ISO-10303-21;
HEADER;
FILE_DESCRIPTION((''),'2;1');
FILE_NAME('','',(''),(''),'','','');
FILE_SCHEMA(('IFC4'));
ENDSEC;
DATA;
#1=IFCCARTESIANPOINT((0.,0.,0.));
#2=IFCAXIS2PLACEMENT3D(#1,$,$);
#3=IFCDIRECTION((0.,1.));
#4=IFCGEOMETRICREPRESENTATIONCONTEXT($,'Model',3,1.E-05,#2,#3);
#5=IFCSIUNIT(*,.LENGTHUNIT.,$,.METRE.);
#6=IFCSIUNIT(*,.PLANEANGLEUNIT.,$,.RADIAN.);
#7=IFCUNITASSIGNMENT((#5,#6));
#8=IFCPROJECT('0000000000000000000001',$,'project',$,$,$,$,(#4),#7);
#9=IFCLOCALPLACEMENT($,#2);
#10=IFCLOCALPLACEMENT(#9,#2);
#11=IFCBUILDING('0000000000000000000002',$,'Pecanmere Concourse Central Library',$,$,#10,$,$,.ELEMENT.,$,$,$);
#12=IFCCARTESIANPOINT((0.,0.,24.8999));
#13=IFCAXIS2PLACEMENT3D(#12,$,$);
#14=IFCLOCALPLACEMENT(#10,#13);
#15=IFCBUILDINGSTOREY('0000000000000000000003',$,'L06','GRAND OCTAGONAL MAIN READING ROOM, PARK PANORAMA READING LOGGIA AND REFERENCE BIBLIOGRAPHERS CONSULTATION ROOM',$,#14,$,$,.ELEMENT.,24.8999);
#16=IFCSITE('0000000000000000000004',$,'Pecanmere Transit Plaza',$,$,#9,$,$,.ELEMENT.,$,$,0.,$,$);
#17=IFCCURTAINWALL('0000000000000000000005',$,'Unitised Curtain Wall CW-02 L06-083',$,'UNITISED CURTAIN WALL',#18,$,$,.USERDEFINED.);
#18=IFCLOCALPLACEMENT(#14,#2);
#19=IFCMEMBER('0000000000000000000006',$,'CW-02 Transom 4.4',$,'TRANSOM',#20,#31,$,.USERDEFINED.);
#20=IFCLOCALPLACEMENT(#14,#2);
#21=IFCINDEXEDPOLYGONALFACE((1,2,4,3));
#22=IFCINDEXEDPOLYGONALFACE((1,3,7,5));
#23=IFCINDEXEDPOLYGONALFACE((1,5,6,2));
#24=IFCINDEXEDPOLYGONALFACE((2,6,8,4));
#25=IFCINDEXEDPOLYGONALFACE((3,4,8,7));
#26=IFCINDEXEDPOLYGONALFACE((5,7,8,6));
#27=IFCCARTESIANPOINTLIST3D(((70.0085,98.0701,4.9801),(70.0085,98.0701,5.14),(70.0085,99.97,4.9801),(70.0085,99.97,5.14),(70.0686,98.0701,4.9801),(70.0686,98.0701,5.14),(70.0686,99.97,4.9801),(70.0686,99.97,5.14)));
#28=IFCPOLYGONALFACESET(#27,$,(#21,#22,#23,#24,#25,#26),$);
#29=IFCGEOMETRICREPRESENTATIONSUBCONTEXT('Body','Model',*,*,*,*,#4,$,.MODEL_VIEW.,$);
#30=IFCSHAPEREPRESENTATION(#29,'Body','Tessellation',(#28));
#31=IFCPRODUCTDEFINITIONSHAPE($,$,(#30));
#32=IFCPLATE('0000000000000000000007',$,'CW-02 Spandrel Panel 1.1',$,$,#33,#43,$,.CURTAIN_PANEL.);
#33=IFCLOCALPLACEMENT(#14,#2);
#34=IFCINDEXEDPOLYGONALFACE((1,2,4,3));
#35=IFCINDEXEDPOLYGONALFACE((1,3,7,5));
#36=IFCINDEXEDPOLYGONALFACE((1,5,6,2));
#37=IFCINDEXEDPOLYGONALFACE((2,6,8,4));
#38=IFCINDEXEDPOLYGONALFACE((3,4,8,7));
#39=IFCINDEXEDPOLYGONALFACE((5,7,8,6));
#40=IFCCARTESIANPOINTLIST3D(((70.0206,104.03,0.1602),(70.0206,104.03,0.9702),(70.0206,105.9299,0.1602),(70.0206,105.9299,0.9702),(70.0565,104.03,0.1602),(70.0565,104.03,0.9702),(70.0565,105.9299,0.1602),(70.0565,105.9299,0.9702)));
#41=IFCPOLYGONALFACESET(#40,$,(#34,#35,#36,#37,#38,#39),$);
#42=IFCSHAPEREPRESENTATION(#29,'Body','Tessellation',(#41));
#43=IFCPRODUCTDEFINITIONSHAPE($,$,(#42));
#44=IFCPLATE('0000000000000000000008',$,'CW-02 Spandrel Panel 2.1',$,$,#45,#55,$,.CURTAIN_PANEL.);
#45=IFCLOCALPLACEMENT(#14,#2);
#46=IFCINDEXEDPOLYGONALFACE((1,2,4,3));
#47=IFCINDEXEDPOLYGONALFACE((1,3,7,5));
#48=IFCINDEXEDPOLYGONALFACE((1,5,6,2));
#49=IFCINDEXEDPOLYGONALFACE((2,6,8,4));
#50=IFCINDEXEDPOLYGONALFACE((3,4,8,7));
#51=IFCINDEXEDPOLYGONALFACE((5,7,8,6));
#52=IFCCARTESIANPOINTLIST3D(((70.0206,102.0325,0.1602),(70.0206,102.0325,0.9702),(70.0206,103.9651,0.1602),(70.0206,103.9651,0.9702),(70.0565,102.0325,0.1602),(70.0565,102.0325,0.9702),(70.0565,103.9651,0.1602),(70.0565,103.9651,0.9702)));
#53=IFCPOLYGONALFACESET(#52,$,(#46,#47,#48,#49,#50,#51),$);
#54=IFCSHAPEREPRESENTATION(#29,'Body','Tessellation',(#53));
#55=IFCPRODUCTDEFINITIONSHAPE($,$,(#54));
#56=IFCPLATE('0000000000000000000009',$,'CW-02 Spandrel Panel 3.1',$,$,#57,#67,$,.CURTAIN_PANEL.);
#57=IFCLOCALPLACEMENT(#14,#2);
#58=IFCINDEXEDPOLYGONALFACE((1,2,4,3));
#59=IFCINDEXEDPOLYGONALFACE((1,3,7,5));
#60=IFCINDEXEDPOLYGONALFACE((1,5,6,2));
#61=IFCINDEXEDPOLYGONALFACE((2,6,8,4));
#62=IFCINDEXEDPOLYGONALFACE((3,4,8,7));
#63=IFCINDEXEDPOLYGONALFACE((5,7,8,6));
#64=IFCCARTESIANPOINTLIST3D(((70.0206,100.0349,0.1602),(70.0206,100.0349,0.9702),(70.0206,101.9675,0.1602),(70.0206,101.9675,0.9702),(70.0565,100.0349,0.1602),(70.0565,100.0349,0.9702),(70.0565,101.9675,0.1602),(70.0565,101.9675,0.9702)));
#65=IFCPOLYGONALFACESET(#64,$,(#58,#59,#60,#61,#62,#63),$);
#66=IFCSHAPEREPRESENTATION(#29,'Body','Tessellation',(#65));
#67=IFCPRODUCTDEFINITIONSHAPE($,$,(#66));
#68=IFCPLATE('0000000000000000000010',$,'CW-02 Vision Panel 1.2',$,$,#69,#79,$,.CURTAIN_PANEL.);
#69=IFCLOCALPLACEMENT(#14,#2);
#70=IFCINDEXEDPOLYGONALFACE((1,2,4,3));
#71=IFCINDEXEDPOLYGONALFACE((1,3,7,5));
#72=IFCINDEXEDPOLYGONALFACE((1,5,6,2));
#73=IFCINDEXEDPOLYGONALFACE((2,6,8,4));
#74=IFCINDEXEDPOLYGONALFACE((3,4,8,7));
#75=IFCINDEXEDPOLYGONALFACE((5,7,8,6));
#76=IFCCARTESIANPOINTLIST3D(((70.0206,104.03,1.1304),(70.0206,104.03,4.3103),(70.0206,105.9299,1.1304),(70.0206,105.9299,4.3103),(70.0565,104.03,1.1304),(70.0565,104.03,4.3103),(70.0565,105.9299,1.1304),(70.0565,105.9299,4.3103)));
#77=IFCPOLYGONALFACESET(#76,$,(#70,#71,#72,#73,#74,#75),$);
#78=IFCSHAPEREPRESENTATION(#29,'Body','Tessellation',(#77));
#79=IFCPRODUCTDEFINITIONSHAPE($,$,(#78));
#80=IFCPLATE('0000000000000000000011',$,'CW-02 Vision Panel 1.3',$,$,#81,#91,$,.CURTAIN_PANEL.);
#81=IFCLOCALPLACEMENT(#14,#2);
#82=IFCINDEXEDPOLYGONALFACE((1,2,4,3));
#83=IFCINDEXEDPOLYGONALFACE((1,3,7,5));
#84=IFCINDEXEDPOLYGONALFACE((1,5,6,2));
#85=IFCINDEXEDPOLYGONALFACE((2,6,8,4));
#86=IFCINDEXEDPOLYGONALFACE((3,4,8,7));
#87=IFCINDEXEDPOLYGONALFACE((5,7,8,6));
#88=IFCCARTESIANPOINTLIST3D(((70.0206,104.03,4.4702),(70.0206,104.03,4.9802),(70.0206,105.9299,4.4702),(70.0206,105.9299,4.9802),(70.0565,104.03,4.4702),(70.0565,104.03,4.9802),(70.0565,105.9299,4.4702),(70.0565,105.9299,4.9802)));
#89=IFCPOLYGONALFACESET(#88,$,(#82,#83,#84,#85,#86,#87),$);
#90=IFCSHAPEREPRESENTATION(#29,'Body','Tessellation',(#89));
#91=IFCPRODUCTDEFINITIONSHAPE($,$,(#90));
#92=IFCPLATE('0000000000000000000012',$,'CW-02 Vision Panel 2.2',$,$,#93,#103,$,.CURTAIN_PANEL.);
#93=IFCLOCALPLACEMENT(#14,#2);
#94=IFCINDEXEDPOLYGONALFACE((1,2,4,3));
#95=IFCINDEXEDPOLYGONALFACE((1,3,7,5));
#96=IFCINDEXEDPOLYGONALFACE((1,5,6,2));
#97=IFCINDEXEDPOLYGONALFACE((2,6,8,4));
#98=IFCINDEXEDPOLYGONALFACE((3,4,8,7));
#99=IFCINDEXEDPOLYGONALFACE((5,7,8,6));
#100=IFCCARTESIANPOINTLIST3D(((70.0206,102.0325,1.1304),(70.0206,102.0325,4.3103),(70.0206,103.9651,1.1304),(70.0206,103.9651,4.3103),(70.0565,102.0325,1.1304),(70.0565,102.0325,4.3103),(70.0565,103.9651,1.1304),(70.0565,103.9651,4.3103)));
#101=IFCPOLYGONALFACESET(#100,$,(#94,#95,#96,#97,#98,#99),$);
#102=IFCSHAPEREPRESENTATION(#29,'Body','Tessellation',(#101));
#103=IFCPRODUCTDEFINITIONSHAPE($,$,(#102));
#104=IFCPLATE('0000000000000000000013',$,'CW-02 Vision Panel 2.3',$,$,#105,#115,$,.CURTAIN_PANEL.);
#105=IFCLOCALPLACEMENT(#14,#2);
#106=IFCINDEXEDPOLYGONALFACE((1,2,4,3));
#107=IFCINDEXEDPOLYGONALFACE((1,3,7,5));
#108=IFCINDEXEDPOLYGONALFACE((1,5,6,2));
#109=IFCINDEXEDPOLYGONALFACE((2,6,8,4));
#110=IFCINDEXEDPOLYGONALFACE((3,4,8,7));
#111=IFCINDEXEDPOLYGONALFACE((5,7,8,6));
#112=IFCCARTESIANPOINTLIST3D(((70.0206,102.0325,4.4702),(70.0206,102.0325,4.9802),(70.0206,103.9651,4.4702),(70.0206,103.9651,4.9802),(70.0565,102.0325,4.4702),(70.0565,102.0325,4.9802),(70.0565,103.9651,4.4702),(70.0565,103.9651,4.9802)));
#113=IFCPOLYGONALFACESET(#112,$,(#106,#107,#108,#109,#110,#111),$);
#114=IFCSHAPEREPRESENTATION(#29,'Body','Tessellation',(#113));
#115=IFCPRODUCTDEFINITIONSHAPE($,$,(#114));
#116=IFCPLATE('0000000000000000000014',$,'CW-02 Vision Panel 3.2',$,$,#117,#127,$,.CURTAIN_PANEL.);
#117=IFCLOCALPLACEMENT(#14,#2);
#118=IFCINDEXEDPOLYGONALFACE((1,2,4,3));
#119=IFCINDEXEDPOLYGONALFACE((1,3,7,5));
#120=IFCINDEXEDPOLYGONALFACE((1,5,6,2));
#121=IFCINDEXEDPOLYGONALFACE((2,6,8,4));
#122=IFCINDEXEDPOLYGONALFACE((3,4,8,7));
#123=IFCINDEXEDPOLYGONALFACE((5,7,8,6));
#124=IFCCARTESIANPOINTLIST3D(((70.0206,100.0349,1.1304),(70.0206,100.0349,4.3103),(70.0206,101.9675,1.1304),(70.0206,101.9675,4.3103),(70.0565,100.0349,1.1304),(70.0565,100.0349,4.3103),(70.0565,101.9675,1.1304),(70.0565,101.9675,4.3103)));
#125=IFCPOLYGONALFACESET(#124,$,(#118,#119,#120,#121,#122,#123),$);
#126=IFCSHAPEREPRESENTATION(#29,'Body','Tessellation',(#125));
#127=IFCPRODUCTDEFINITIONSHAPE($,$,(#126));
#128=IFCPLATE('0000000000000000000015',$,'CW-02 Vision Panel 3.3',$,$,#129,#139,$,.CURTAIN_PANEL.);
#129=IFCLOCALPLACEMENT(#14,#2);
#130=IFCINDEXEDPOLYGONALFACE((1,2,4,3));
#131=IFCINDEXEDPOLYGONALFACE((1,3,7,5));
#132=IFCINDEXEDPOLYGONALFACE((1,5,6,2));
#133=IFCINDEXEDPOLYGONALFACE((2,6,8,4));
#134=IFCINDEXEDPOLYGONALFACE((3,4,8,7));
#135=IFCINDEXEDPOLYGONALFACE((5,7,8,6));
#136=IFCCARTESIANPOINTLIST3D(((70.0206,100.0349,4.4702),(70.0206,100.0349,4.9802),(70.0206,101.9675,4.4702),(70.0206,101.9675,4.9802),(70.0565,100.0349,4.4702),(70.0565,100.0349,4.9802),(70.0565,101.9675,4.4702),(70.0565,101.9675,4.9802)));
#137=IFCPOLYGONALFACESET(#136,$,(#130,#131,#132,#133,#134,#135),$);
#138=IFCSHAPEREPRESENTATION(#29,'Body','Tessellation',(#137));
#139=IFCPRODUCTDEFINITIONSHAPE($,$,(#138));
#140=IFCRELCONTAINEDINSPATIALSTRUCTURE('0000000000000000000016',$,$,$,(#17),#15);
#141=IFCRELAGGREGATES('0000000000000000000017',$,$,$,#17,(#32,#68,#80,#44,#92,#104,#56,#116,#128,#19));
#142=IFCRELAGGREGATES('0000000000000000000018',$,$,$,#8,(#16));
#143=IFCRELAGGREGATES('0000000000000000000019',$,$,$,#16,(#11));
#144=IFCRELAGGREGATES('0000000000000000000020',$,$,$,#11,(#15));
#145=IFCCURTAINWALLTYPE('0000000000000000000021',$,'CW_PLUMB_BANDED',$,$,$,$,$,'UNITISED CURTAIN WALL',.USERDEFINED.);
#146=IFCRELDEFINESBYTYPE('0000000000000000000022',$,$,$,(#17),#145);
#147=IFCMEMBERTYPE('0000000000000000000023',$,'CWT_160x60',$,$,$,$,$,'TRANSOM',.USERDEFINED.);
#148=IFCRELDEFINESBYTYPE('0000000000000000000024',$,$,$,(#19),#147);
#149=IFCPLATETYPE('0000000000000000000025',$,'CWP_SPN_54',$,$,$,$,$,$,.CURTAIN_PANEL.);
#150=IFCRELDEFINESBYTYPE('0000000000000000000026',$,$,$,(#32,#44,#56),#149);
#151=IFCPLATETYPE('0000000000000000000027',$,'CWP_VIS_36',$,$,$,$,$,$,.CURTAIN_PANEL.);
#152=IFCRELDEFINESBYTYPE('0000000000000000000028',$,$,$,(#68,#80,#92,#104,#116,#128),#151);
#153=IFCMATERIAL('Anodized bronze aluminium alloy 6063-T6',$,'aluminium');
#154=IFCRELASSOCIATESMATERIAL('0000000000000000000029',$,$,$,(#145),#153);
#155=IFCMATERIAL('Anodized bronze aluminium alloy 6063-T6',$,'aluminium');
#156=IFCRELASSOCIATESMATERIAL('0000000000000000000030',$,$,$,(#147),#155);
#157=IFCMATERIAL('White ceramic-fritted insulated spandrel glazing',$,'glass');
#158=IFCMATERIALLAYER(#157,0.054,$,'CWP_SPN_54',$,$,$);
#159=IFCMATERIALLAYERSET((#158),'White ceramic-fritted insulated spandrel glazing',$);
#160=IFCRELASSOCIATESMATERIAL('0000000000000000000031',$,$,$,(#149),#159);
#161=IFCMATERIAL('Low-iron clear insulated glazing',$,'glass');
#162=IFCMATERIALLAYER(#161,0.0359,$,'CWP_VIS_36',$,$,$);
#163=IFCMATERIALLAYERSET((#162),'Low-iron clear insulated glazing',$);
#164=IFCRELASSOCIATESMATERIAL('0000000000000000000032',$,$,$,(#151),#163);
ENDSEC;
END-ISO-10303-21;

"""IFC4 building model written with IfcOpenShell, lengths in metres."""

from ifc_helpers import new_model, si_unit, direction, frame, origin, origin_2d, place, context, subcontext, project, spatial, rectangle, extrude, material, layer, layer_set, material_profile, profile_set, type_object, element, aggregate, save


model = new_model("IFC4")

# Units and contexts
model_context = context("Model", 3, precision=1e-05, world=origin(), true_north=direction((0.0, 1.0)))
body_context = subcontext(model_context, "Body", "Model", "MODEL_VIEW")
ifc_project = project(units=[si_unit("LENGTHUNIT", "METRE"), si_unit("PLANEANGLEUNIT", "RADIAN")], contexts=[model_context])

# Site, building, storey
site_placement = place(None, origin())
site = spatial("IfcSite", under=ifc_project, at=site_placement, Name="Pecanmere Transit Plaza", CompositionType="ELEMENT", RefElevation=0.0)
building_placement = place(site_placement, origin())
building = spatial("IfcBuilding", under=site, at=building_placement, Name="Pecanmere Concourse Central Library", CompositionType="ELEMENT")
storey_placement = place(building_placement, frame((0.0, 0.0, 24.8999)))
storey = spatial("IfcBuildingStorey", under=building, at=storey_placement, Name="L06", Description="GRAND OCTAGONAL MAIN READING ROOM, PARK PANORAMA READING LOGGIA AND REFERENCE BIBLIOGRAPHERS CONSULTATION ROOM", CompositionType="ELEMENT", Elevation=24.8999)

# Curtain wall, member, plates
ifc_material_1 = material(Name="Anodized bronze aluminium alloy 6063-T6", Category="aluminium")
curtain_wall_type = type_object("IfcCurtainWallType", Name="CW_PLUMB_BANDED", ElementType="UNITISED CURTAIN WALL", PredefinedType="USERDEFINED", material=ifc_material_1)
curtain_wall_placement = place(storey_placement, origin())
curtain_wall = element("IfcCurtainWall", 1, at=curtain_wall_placement, inside=storey, type_object=curtain_wall_type, Name="Unitised Curtain Wall CW-02 L06-083", ObjectType="UNITISED CURTAIN WALL", PredefinedType="USERDEFINED")
ifc_material_2 = material(Name="Anodized bronze aluminium alloy 6063-T6", Category="aluminium")
ifc_material_profile_1 = material_profile(ifc_material_2, rectangle(XDim=0.0601, YDim=0.1599, at=origin_2d()), Name="AL 60x160")
ifc_profile_set_1 = profile_set([ifc_material_profile_1], Name="Anodized bronze aluminium alloy 6063-T6")
member_type_1 = type_object("IfcMemberType", Name="CWT_160x60", ElementType="TRANSOM", PredefinedType="USERDEFINED", material=ifc_profile_set_1)
member_1_placement = place(storey_placement, frame((70.0386, 99.97, 5.0601), z_axis=(0.0, -1.0, 0.0), x_axis=(1.0, 0.0, 0.0)))
member_1 = element("IfcMember", 2, at=member_1_placement, type_object=member_type_1, Name="CW-02 Transom 4.4", ObjectType="TRANSOM", PredefinedType="USERDEFINED", context=body_context, shape_type="SweptSolid", body=[
    extrude(rectangle(XDim=0.0601, YDim=0.1599, at=origin_2d()), origin(), (0.0, 0.0, 1.0), 1.8999),
])
ifc_material_3 = material(Name="White ceramic-fritted insulated spandrel glazing", Category="glass")
ifc_layer_1 = layer(ifc_material_3, 0.054, Name="CWP_SPN_54")
ifc_layer_set_1 = layer_set([ifc_layer_1], Name="White ceramic-fritted insulated spandrel glazing")
plate_type_1 = type_object("IfcPlateType", Name="CWP_SPN_54", PredefinedType="CURTAIN_PANEL", material=ifc_layer_set_1)
plate_1_placement = place(storey_placement, frame((70.0386, 104.98, 0.1602), z_axis=(0.0, 0.0, 1.0), x_axis=(0.0, -1.0, 0.0)))
plate_1 = element("IfcPlate", 3, at=plate_1_placement, type_object=plate_type_1, Name="CW-02 Spandrel Panel 1.1", PredefinedType="CURTAIN_PANEL", context=body_context, shape_type="SweptSolid", body=[
    extrude(rectangle(XDim=1.8999, YDim=0.0359, at=origin_2d()), origin(), (0.0, 0.0, 1.0), 0.8101),
])
plate_2_placement = place(storey_placement, frame((70.0386, 102.9988, 0.1602), z_axis=(0.0, 0.0, 1.0), x_axis=(0.0, -1.0, 0.0)))
plate_2 = element("IfcPlate", 4, at=plate_2_placement, type_object=plate_type_1, Name="CW-02 Spandrel Panel 2.1", PredefinedType="CURTAIN_PANEL", context=body_context, shape_type="SweptSolid", body=[
    extrude(rectangle(XDim=1.9326, YDim=0.0359, at=origin_2d()), origin(), (0.0, 0.0, 1.0), 0.8101),
])
plate_3_placement = place(storey_placement, frame((70.0386, 101.0012, 0.1602), z_axis=(0.0, 0.0, 1.0), x_axis=(0.0, -1.0, 0.0)))
plate_3 = element("IfcPlate", 5, at=plate_3_placement, type_object=plate_type_1, Name="CW-02 Spandrel Panel 3.1", PredefinedType="CURTAIN_PANEL", context=body_context, shape_type="SweptSolid", body=[
    extrude(rectangle(XDim=1.9326, YDim=0.0359, at=origin_2d()), origin(), (0.0, 0.0, 1.0), 0.8101),
])
ifc_material_4 = material(Name="Low-iron clear insulated glazing", Category="glass")
ifc_layer_2 = layer(ifc_material_4, 0.0359, Name="CWP_VIS_36")
ifc_layer_set_2 = layer_set([ifc_layer_2], Name="Low-iron clear insulated glazing")
plate_type_2 = type_object("IfcPlateType", Name="CWP_VIS_36", PredefinedType="CURTAIN_PANEL", material=ifc_layer_set_2)
plate_4_placement = place(storey_placement, frame((70.0386, 104.98, 1.1304), z_axis=(0.0, 0.0, 1.0), x_axis=(0.0, -1.0, 0.0)))
plate_4 = element("IfcPlate", 6, at=plate_4_placement, type_object=plate_type_2, Name="CW-02 Vision Panel 1.2", PredefinedType="CURTAIN_PANEL", context=body_context, shape_type="SweptSolid", body=[
    extrude(rectangle(XDim=1.8999, YDim=0.0359, at=origin_2d()), origin(), (0.0, 0.0, 1.0), 3.1799),
])
plate_5_placement = place(storey_placement, frame((70.0386, 104.98, 4.4702), z_axis=(0.0, 0.0, 1.0), x_axis=(0.0, -1.0, 0.0)))
plate_5 = element("IfcPlate", 7, at=plate_5_placement, type_object=plate_type_2, Name="CW-02 Vision Panel 1.3", PredefinedType="CURTAIN_PANEL", context=body_context, shape_type="SweptSolid", body=[
    extrude(rectangle(XDim=1.8999, YDim=0.0359, at=origin_2d()), origin(), (0.0, 0.0, 1.0), 0.51),
])
plate_6_placement = place(storey_placement, frame((70.0386, 102.9988, 1.1304), z_axis=(0.0, 0.0, 1.0), x_axis=(0.0, -1.0, 0.0)))
plate_6 = element("IfcPlate", 8, at=plate_6_placement, type_object=plate_type_2, Name="CW-02 Vision Panel 2.2", PredefinedType="CURTAIN_PANEL", context=body_context, shape_type="SweptSolid", body=[
    extrude(rectangle(XDim=1.9326, YDim=0.0359, at=origin_2d()), origin(), (0.0, 0.0, 1.0), 3.1799),
])
plate_7_placement = place(storey_placement, frame((70.0386, 102.9988, 4.4702), z_axis=(0.0, 0.0, 1.0), x_axis=(0.0, -1.0, 0.0)))
plate_7 = element("IfcPlate", 9, at=plate_7_placement, type_object=plate_type_2, Name="CW-02 Vision Panel 2.3", PredefinedType="CURTAIN_PANEL", context=body_context, shape_type="SweptSolid", body=[
    extrude(rectangle(XDim=1.9326, YDim=0.0359, at=origin_2d()), origin(), (0.0, 0.0, 1.0), 0.51),
])
plate_8_placement = place(storey_placement, frame((70.0386, 101.0012, 1.1304), z_axis=(0.0, 0.0, 1.0), x_axis=(0.0, -1.0, 0.0)))
plate_8 = element("IfcPlate", 10, at=plate_8_placement, type_object=plate_type_2, Name="CW-02 Vision Panel 3.2", PredefinedType="CURTAIN_PANEL", context=body_context, shape_type="SweptSolid", body=[
    extrude(rectangle(XDim=1.9326, YDim=0.0359, at=origin_2d()), origin(), (0.0, 0.0, 1.0), 3.1799),
])
plate_9_placement = place(storey_placement, frame((70.0386, 101.0012, 4.4702), z_axis=(0.0, 0.0, 1.0), x_axis=(0.0, -1.0, 0.0)))
plate_9 = element("IfcPlate", 11, at=plate_9_placement, type_object=plate_type_2, Name="CW-02 Vision Panel 3.3", PredefinedType="CURTAIN_PANEL", context=body_context, shape_type="SweptSolid", body=[
    extrude(rectangle(XDim=1.9326, YDim=0.0359, at=origin_2d()), origin(), (0.0, 0.0, 1.0), 0.51),
])
aggregate(curtain_wall, [plate_1, plate_4, plate_5, plate_2, plate_6, plate_7, plate_3, plate_8, plate_9, member_1])

save(model, "model.ifc")
